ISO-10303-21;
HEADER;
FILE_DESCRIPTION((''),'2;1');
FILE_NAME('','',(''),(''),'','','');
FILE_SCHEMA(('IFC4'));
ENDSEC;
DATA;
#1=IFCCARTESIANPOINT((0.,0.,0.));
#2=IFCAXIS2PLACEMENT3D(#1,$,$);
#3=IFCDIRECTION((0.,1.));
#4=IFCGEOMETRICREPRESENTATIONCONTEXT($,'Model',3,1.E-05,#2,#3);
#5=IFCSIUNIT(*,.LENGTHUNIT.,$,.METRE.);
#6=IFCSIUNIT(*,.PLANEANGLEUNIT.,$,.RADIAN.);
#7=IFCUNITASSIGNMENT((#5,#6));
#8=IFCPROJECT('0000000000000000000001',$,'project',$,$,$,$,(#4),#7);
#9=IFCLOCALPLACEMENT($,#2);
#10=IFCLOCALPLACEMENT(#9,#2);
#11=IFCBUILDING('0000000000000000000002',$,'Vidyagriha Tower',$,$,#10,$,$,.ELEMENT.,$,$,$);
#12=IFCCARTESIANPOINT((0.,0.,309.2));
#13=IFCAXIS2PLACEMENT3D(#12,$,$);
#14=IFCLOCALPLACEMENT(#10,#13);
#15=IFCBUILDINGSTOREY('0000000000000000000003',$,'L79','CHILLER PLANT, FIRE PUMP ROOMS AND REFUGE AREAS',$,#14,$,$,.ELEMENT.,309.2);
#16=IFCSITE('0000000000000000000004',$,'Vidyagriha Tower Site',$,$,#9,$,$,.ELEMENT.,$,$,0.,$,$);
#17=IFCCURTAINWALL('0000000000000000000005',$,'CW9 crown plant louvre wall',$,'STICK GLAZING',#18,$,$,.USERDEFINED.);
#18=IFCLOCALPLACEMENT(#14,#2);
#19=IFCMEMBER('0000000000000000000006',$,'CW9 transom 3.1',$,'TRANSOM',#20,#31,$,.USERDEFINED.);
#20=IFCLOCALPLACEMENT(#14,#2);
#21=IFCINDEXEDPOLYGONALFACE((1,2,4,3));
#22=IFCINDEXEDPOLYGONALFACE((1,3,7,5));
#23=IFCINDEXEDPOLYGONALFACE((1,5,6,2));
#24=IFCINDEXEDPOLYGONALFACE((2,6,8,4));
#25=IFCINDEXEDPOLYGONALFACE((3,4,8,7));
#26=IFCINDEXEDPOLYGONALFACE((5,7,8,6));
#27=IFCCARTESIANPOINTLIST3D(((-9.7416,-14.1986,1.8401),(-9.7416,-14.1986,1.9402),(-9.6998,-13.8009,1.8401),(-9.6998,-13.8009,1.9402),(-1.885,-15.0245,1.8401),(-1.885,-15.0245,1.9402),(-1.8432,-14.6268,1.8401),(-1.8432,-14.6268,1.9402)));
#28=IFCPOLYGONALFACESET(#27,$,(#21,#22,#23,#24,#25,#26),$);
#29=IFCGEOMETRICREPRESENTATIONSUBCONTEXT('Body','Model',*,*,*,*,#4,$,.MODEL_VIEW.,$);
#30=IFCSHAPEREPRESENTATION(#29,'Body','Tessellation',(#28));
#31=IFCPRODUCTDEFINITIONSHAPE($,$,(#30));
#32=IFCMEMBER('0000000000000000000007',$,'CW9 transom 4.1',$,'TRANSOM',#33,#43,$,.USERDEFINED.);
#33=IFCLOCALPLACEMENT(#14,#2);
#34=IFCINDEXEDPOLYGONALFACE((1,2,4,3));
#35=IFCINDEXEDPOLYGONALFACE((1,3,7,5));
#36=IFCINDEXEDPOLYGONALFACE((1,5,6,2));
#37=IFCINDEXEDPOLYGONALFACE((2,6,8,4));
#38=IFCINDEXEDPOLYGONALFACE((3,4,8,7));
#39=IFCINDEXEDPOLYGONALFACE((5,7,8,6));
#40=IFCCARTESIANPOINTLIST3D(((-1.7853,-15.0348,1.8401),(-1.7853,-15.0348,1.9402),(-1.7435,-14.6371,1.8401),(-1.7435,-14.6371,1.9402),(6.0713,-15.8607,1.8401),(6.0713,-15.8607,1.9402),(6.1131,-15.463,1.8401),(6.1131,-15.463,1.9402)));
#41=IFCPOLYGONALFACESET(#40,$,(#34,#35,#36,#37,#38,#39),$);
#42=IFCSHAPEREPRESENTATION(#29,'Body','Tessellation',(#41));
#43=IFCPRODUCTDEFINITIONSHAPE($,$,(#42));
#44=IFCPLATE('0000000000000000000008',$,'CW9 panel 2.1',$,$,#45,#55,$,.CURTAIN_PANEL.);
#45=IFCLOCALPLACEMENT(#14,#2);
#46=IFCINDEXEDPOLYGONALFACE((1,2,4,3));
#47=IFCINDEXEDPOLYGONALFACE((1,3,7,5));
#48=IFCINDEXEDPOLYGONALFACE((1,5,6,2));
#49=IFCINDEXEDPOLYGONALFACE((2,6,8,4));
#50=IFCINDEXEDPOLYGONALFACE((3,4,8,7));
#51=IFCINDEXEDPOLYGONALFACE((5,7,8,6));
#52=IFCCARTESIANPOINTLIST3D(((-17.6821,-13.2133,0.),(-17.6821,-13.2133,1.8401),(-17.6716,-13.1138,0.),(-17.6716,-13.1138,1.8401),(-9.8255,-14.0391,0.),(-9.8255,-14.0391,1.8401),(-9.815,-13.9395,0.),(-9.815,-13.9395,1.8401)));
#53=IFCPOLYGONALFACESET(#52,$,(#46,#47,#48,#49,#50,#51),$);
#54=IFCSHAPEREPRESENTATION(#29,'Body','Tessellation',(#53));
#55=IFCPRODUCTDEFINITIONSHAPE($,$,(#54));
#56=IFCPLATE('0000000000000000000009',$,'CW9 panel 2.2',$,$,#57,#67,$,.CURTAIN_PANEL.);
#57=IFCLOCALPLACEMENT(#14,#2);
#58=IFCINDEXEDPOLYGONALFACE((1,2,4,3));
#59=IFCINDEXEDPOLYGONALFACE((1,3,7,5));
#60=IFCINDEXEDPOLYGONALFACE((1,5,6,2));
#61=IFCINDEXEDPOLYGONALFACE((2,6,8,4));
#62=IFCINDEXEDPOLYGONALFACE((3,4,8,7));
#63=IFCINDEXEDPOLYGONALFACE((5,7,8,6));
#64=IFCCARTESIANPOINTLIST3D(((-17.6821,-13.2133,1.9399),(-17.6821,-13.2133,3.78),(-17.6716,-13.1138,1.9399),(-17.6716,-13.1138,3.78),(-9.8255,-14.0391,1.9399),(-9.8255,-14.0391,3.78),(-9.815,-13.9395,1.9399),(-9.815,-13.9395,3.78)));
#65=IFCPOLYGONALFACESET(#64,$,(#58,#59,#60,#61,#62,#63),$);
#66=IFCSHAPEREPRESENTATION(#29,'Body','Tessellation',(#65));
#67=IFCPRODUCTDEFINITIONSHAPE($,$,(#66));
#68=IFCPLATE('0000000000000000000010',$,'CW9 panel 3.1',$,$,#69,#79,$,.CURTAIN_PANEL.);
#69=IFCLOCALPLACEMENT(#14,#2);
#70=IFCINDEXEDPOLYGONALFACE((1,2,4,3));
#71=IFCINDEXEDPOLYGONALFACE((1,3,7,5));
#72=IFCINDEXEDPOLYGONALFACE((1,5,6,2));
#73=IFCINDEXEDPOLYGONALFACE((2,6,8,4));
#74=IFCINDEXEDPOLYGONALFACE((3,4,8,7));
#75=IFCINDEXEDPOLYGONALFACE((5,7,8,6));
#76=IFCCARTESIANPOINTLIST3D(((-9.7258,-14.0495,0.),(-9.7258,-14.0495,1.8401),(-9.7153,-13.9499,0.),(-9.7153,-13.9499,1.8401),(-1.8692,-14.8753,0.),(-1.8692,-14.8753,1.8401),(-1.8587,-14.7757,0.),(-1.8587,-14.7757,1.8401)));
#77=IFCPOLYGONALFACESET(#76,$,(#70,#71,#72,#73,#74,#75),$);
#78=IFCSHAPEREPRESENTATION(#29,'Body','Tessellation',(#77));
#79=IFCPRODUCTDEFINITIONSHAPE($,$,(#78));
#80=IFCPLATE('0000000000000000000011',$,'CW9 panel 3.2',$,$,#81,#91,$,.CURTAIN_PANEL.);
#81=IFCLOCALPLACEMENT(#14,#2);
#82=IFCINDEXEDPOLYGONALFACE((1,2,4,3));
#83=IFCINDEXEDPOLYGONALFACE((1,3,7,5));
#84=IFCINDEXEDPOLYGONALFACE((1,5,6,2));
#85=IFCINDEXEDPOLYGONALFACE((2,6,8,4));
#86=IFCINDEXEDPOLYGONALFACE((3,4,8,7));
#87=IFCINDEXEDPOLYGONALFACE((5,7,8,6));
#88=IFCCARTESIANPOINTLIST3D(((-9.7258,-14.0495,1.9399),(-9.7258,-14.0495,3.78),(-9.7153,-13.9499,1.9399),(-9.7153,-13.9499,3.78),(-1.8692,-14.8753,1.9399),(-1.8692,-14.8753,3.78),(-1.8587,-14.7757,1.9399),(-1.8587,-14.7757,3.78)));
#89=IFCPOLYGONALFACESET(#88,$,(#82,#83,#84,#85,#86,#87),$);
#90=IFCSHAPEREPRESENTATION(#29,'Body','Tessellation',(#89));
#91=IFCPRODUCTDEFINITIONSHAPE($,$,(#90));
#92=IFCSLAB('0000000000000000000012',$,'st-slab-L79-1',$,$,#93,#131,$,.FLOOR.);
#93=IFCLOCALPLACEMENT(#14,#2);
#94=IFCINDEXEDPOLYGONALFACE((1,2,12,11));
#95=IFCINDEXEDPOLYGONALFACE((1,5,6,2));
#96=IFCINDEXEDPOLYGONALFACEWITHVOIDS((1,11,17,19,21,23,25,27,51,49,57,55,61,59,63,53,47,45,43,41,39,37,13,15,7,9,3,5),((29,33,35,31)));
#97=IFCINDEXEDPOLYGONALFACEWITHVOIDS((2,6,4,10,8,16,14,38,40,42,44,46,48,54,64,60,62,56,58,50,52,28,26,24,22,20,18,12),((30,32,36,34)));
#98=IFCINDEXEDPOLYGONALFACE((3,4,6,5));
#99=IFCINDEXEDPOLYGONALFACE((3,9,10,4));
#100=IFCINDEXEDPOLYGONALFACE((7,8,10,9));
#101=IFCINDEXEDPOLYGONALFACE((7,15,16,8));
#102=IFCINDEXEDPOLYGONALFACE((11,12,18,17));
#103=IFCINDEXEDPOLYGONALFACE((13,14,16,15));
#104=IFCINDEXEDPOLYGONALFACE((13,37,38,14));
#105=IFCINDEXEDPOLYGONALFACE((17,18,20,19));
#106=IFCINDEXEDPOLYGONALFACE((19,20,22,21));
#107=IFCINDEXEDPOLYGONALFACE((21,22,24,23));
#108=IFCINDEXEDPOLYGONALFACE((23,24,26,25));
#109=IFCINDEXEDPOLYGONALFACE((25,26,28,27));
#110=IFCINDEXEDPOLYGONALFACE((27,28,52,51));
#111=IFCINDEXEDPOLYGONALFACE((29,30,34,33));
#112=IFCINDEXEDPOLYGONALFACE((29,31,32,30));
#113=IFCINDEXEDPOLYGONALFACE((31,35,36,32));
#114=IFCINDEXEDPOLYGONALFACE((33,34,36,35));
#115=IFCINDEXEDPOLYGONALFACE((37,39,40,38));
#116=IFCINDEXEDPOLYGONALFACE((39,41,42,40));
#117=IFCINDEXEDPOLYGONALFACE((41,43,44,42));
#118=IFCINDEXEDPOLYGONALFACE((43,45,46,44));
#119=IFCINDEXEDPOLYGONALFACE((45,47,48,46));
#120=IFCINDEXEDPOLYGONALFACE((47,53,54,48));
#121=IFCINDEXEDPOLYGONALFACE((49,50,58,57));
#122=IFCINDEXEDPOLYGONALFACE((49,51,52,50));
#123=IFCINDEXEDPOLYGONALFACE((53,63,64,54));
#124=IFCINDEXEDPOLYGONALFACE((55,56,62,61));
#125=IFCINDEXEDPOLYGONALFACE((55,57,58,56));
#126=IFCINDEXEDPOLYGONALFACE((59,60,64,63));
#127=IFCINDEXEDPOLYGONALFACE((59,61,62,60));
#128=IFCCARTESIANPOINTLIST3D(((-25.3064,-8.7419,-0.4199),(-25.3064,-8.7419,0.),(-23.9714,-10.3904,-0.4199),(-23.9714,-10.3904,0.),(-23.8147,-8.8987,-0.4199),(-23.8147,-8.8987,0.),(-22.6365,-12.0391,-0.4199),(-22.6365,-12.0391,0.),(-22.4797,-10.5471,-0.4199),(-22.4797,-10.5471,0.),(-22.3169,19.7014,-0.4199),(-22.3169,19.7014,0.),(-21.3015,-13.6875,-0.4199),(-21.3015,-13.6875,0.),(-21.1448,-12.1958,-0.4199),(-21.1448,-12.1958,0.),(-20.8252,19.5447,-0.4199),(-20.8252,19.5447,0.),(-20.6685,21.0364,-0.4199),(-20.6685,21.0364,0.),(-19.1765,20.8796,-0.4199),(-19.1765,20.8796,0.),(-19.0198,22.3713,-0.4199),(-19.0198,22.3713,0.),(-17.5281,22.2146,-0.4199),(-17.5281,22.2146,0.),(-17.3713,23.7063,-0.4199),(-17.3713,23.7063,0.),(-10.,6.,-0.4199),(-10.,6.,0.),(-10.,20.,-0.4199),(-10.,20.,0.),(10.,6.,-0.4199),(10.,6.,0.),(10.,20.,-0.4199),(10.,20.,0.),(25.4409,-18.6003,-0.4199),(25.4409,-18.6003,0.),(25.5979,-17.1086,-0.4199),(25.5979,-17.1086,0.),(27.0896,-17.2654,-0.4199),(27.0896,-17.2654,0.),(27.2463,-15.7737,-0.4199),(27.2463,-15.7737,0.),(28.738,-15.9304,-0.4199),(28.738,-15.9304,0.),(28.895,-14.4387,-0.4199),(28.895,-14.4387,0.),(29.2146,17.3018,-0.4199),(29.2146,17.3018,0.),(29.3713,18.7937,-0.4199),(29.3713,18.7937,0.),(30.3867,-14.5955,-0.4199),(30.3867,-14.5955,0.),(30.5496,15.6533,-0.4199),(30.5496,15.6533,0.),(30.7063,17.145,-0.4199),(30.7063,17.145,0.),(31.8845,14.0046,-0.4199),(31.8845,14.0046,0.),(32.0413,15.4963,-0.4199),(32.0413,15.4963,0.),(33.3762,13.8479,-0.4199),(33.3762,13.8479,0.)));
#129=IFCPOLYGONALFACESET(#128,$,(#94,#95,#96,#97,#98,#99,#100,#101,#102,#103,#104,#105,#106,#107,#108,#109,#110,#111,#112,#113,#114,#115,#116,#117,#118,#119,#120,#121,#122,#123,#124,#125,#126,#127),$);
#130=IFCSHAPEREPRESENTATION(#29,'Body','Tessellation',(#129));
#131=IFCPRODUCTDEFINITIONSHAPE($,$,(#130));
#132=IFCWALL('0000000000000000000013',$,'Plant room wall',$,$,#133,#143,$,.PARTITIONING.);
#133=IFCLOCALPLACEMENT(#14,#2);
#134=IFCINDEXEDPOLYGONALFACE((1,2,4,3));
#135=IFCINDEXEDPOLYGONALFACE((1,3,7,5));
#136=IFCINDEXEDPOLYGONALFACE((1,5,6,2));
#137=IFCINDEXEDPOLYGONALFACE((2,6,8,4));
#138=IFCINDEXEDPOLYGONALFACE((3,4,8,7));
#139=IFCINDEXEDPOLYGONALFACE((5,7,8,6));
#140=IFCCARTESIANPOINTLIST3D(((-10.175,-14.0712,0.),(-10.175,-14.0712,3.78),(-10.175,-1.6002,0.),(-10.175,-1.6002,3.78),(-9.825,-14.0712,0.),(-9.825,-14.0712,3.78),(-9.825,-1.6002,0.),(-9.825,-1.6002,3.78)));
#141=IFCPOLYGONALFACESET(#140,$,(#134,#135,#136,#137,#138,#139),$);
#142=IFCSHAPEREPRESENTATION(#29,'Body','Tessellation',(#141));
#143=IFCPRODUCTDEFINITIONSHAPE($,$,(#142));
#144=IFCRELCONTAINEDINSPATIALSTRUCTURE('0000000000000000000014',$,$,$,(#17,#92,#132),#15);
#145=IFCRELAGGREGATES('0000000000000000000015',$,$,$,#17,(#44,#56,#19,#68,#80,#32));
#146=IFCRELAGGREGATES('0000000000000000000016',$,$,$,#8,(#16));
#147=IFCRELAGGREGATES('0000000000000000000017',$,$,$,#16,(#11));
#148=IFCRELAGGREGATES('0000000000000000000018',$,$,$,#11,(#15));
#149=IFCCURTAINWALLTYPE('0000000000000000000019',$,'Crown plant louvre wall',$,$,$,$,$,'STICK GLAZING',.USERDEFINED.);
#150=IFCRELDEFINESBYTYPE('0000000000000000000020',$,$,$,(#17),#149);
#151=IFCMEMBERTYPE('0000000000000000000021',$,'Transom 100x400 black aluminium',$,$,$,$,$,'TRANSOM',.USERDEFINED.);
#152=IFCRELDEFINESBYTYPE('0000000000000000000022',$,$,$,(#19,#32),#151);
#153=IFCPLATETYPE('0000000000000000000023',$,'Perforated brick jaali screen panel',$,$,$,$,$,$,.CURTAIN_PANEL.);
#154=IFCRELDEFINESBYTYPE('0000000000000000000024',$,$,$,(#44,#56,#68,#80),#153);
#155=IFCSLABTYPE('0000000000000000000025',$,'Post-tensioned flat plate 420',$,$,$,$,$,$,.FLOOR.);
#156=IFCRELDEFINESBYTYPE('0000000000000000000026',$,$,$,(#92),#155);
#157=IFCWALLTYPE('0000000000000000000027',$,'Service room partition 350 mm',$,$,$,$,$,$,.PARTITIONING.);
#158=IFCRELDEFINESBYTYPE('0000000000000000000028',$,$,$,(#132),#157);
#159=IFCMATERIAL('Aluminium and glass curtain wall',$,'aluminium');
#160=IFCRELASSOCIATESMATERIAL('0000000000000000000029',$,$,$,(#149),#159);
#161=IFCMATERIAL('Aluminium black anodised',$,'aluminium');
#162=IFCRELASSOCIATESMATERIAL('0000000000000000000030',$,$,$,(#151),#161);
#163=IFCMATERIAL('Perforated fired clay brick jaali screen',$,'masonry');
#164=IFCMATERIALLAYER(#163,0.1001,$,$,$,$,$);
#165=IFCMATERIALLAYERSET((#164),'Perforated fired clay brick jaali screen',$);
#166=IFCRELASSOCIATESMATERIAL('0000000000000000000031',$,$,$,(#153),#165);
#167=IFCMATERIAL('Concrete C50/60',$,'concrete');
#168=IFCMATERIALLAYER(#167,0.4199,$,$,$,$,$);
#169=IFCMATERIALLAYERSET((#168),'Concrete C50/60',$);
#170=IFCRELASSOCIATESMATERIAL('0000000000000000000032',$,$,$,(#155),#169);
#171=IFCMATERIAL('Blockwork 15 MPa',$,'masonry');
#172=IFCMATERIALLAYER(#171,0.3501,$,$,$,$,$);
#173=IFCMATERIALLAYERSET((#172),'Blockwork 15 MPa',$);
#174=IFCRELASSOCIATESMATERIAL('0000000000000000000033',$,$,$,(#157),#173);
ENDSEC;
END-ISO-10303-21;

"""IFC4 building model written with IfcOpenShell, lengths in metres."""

from ifc_helpers import new_model, si_unit, direction, frame, frame_2d, origin, origin_2d, place, context, subcontext, project, spatial, polyline, rectangle, outline, extrude, material, layer, layer_set, material_profile, profile_set, type_object, element, aggregate, save


model = new_model("IFC4")

# Units and contexts
model_context = context("Model", 3, precision=1e-05, world=origin(), true_north=direction((0.0, 1.0)))
body_context = subcontext(model_context, "Body", "Model", "MODEL_VIEW")
ifc_project = project(units=[si_unit("LENGTHUNIT", "METRE"), si_unit("PLANEANGLEUNIT", "RADIAN")], contexts=[model_context])

# Site, building, storey
site_placement = place(None, origin())
site = spatial("IfcSite", under=ifc_project, at=site_placement, Name="Vidyagriha Tower Site", CompositionType="ELEMENT", RefElevation=0.0)
building_placement = place(site_placement, origin())
building = spatial("IfcBuilding", under=site, at=building_placement, Name="Vidyagriha Tower", CompositionType="ELEMENT")
storey_placement = place(building_placement, frame((0.0, 0.0, 309.2)))
storey = spatial("IfcBuildingStorey", under=building, at=storey_placement, Name="L79", Description="CHILLER PLANT, FIRE PUMP ROOMS AND REFUGE AREAS", CompositionType="ELEMENT", Elevation=309.2)

# Curtain wall, members, plates
ifc_material_1 = material(Name="Aluminium and glass curtain wall", Category="aluminium")
curtain_wall_type = type_object("IfcCurtainWallType", Name="Crown plant louvre wall", ElementType="STICK GLAZING", PredefinedType="USERDEFINED", material=ifc_material_1)
curtain_wall_placement = place(storey_placement, origin())
curtain_wall = element("IfcCurtainWall", 1, at=curtain_wall_placement, inside=storey, type_object=curtain_wall_type, Name="CW9 crown plant louvre wall", ObjectType="STICK GLAZING", PredefinedType="USERDEFINED")
ifc_material_2 = material(Name="Aluminium black anodised", Category="aluminium")
ifc_material_profile_1 = material_profile(ifc_material_2, rectangle(XDim=0.3999, YDim=0.1001, at=origin_2d()), Name="Transom 100x400 black aluminium")
ifc_profile_set_1 = profile_set([ifc_material_profile_1], Name="Aluminium black anodised")
member_type_1 = type_object("IfcMemberType", Name="Transom 100x400 black aluminium", ElementType="TRANSOM", PredefinedType="USERDEFINED", material=ifc_profile_set_1)
member_1_placement = place(storey_placement, frame((-9.7207, -13.9998, 1.8901), z_axis=(0.99452, -0.104548, 0.0), x_axis=(0.104548, 0.99452, 0.0)))
member_1 = element("IfcMember", 2, at=member_1_placement, type_object=member_type_1, Name="CW9 transom 3.1", ObjectType="TRANSOM", PredefinedType="USERDEFINED", context=body_context, shape_type="SweptSolid", body=[
    extrude(rectangle(XDim=0.3999, YDim=0.1001, at=origin_2d()), origin(), (0.0, 0.0, 1.0), 7.8999),
])
member_2_placement = place(storey_placement, frame((-1.7644, -14.8359, 1.8901), z_axis=(0.99452, -0.104548, 0.0), x_axis=(0.104548, 0.99452, 0.0)))
member_2 = element("IfcMember", 3, at=member_2_placement, type_object=member_type_1, Name="CW9 transom 4.1", ObjectType="TRANSOM", PredefinedType="USERDEFINED", context=body_context, shape_type="SweptSolid", body=[
    extrude(rectangle(XDim=0.3999, YDim=0.1001, at=origin_2d()), origin(), (0.0, 0.0, 1.0), 7.8999),
])
ifc_material_3 = material(Name="Perforated fired clay brick jaali screen", Category="masonry")
ifc_layer_1 = layer(ifc_material_3, 0.1001)
ifc_layer_set_1 = layer_set([ifc_layer_1], Name="Perforated fired clay brick jaali screen")
plate_type = type_object("IfcPlateType", Name="Perforated brick jaali screen panel", PredefinedType="CURTAIN_PANEL", material=ifc_layer_set_1)
plate_1_placement = place(storey_placement, frame((-13.7485, -13.5764, 0.0), z_axis=(0.0, 0.0, 1.0), x_axis=(0.994522, -0.104528, 0.0)))
plate_1 = element("IfcPlate", 4, at=plate_1_placement, type_object=plate_type, Name="CW9 panel 2.1", PredefinedType="CURTAIN_PANEL", context=body_context, shape_type="SweptSolid", body=[
    extrude(rectangle(XDim=7.8999, YDim=0.1001, at=origin_2d()), origin(), (0.0, 0.0, 1.0), 1.8401),
])
plate_2_placement = place(storey_placement, frame((-13.7485, -13.5764, 1.9399), z_axis=(0.0, 0.0, 1.0), x_axis=(0.994522, -0.104528, 0.0)))
plate_2 = element("IfcPlate", 5, at=plate_2_placement, type_object=plate_type, Name="CW9 panel 2.2", PredefinedType="CURTAIN_PANEL", context=body_context, shape_type="SweptSolid", body=[
    extrude(rectangle(XDim=7.8999, YDim=0.1001, at=origin_2d()), origin(), (0.0, 0.0, 1.0), 1.8401),
])
plate_3_placement = place(storey_placement, frame((-5.7922, -14.4126, 0.0), z_axis=(0.0, 0.0, 1.0), x_axis=(0.994522, -0.104528, 0.0)))
plate_3 = element("IfcPlate", 6, at=plate_3_placement, type_object=plate_type, Name="CW9 panel 3.1", PredefinedType="CURTAIN_PANEL", context=body_context, shape_type="SweptSolid", body=[
    extrude(rectangle(XDim=7.8999, YDim=0.1001, at=origin_2d()), origin(), (0.0, 0.0, 1.0), 1.8401),
])
plate_4_placement = place(storey_placement, frame((-5.7922, -14.4126, 1.9399), z_axis=(0.0, 0.0, 1.0), x_axis=(0.994522, -0.104528, 0.0)))
plate_4 = element("IfcPlate", 7, at=plate_4_placement, type_object=plate_type, Name="CW9 panel 3.2", PredefinedType="CURTAIN_PANEL", context=body_context, shape_type="SweptSolid", body=[
    extrude(rectangle(XDim=7.8999, YDim=0.1001, at=origin_2d()), origin(), (0.0, 0.0, 1.0), 1.8401),
])
aggregate(curtain_wall, [plate_1, plate_2, member_1, plate_3, plate_4, member_2])

# Slab
ifc_material_4 = material(Name="Concrete C50/60", Category="concrete")
ifc_layer_2 = layer(ifc_material_4, 0.4199)
ifc_layer_set_2 = layer_set([ifc_layer_2], Name="Concrete C50/60")
slab_type = type_object("IfcSlabType", Name="Post-tensioned flat plate 420", PredefinedType="FLOOR", material=ifc_layer_set_2)
slab_placement = place(storey_placement, frame((0.0, 0.0, -0.4199)))
element("IfcSlab", 8, at=slab_placement, inside=storey, type_object=slab_type, Name="st-slab-L79-1", PredefinedType="FLOOR", context=body_context, shape_type="SweptSolid", body=[
    extrude(outline(polyline([(28.895, -14.4387), (28.738, -15.9304), (27.2463, -15.7737), (27.0896, -17.2654), (25.5979, -17.1086), (25.4409, -18.6003), (-21.3015, -13.6875), (-21.1448, -12.1958), (-22.6365, -12.0391), (-22.4797, -10.5471), (-23.9714, -10.3904), (-23.8147, -8.8987), (-25.3064, -8.7419), (-22.3169, 19.7014), (-20.8252, 19.5447), (-20.6685, 21.0364), (-19.1765, 20.8796), (-19.0198, 22.3713), (-17.5281, 22.2146), (-17.3713, 23.7063), (29.3713, 18.7937), (29.2146, 17.3018), (30.7063, 17.145), (30.5496, 15.6533), (32.0413, 15.4963), (31.8845, 14.0046), (33.3762, 13.8479), (30.3867, -14.5955), (28.895, -14.4387)]), holes=[polyline([(10.0, 20.0), (-10.0, 20.0), (-10.0, 6.0), (10.0, 6.0), (10.0, 20.0)])]), origin(), (0.0, 0.0, 1.0), 0.4199),
])

# Wall
ifc_material_5 = material(Name="Blockwork 15 MPa", Category="masonry")
ifc_layer_3 = layer(ifc_material_5, 0.3501)
ifc_layer_set_3 = layer_set([ifc_layer_3], Name="Blockwork 15 MPa")
wall_type = type_object("IfcWallType", Name="Service room partition 350 mm", PredefinedType="PARTITIONING", material=ifc_layer_set_3)
wall_placement = place(storey_placement, frame((-10.0, -14.071, 0.0), z_axis=(0.0, 0.0, 1.0), x_axis=(0.0, 1.0, 0.0)))
element("IfcWall", 9, at=wall_placement, inside=storey, type_object=wall_type, Name="Plant room wall", PredefinedType="PARTITIONING", context=body_context, shape_type="SweptSolid", body=[
    extrude(rectangle(XDim=12.4709, YDim=0.3501, at=frame_2d((6.2354, 0.0))), origin(), (0.0, 0.0, 1.0), 3.78),
])

save(model, "model.ifc")
